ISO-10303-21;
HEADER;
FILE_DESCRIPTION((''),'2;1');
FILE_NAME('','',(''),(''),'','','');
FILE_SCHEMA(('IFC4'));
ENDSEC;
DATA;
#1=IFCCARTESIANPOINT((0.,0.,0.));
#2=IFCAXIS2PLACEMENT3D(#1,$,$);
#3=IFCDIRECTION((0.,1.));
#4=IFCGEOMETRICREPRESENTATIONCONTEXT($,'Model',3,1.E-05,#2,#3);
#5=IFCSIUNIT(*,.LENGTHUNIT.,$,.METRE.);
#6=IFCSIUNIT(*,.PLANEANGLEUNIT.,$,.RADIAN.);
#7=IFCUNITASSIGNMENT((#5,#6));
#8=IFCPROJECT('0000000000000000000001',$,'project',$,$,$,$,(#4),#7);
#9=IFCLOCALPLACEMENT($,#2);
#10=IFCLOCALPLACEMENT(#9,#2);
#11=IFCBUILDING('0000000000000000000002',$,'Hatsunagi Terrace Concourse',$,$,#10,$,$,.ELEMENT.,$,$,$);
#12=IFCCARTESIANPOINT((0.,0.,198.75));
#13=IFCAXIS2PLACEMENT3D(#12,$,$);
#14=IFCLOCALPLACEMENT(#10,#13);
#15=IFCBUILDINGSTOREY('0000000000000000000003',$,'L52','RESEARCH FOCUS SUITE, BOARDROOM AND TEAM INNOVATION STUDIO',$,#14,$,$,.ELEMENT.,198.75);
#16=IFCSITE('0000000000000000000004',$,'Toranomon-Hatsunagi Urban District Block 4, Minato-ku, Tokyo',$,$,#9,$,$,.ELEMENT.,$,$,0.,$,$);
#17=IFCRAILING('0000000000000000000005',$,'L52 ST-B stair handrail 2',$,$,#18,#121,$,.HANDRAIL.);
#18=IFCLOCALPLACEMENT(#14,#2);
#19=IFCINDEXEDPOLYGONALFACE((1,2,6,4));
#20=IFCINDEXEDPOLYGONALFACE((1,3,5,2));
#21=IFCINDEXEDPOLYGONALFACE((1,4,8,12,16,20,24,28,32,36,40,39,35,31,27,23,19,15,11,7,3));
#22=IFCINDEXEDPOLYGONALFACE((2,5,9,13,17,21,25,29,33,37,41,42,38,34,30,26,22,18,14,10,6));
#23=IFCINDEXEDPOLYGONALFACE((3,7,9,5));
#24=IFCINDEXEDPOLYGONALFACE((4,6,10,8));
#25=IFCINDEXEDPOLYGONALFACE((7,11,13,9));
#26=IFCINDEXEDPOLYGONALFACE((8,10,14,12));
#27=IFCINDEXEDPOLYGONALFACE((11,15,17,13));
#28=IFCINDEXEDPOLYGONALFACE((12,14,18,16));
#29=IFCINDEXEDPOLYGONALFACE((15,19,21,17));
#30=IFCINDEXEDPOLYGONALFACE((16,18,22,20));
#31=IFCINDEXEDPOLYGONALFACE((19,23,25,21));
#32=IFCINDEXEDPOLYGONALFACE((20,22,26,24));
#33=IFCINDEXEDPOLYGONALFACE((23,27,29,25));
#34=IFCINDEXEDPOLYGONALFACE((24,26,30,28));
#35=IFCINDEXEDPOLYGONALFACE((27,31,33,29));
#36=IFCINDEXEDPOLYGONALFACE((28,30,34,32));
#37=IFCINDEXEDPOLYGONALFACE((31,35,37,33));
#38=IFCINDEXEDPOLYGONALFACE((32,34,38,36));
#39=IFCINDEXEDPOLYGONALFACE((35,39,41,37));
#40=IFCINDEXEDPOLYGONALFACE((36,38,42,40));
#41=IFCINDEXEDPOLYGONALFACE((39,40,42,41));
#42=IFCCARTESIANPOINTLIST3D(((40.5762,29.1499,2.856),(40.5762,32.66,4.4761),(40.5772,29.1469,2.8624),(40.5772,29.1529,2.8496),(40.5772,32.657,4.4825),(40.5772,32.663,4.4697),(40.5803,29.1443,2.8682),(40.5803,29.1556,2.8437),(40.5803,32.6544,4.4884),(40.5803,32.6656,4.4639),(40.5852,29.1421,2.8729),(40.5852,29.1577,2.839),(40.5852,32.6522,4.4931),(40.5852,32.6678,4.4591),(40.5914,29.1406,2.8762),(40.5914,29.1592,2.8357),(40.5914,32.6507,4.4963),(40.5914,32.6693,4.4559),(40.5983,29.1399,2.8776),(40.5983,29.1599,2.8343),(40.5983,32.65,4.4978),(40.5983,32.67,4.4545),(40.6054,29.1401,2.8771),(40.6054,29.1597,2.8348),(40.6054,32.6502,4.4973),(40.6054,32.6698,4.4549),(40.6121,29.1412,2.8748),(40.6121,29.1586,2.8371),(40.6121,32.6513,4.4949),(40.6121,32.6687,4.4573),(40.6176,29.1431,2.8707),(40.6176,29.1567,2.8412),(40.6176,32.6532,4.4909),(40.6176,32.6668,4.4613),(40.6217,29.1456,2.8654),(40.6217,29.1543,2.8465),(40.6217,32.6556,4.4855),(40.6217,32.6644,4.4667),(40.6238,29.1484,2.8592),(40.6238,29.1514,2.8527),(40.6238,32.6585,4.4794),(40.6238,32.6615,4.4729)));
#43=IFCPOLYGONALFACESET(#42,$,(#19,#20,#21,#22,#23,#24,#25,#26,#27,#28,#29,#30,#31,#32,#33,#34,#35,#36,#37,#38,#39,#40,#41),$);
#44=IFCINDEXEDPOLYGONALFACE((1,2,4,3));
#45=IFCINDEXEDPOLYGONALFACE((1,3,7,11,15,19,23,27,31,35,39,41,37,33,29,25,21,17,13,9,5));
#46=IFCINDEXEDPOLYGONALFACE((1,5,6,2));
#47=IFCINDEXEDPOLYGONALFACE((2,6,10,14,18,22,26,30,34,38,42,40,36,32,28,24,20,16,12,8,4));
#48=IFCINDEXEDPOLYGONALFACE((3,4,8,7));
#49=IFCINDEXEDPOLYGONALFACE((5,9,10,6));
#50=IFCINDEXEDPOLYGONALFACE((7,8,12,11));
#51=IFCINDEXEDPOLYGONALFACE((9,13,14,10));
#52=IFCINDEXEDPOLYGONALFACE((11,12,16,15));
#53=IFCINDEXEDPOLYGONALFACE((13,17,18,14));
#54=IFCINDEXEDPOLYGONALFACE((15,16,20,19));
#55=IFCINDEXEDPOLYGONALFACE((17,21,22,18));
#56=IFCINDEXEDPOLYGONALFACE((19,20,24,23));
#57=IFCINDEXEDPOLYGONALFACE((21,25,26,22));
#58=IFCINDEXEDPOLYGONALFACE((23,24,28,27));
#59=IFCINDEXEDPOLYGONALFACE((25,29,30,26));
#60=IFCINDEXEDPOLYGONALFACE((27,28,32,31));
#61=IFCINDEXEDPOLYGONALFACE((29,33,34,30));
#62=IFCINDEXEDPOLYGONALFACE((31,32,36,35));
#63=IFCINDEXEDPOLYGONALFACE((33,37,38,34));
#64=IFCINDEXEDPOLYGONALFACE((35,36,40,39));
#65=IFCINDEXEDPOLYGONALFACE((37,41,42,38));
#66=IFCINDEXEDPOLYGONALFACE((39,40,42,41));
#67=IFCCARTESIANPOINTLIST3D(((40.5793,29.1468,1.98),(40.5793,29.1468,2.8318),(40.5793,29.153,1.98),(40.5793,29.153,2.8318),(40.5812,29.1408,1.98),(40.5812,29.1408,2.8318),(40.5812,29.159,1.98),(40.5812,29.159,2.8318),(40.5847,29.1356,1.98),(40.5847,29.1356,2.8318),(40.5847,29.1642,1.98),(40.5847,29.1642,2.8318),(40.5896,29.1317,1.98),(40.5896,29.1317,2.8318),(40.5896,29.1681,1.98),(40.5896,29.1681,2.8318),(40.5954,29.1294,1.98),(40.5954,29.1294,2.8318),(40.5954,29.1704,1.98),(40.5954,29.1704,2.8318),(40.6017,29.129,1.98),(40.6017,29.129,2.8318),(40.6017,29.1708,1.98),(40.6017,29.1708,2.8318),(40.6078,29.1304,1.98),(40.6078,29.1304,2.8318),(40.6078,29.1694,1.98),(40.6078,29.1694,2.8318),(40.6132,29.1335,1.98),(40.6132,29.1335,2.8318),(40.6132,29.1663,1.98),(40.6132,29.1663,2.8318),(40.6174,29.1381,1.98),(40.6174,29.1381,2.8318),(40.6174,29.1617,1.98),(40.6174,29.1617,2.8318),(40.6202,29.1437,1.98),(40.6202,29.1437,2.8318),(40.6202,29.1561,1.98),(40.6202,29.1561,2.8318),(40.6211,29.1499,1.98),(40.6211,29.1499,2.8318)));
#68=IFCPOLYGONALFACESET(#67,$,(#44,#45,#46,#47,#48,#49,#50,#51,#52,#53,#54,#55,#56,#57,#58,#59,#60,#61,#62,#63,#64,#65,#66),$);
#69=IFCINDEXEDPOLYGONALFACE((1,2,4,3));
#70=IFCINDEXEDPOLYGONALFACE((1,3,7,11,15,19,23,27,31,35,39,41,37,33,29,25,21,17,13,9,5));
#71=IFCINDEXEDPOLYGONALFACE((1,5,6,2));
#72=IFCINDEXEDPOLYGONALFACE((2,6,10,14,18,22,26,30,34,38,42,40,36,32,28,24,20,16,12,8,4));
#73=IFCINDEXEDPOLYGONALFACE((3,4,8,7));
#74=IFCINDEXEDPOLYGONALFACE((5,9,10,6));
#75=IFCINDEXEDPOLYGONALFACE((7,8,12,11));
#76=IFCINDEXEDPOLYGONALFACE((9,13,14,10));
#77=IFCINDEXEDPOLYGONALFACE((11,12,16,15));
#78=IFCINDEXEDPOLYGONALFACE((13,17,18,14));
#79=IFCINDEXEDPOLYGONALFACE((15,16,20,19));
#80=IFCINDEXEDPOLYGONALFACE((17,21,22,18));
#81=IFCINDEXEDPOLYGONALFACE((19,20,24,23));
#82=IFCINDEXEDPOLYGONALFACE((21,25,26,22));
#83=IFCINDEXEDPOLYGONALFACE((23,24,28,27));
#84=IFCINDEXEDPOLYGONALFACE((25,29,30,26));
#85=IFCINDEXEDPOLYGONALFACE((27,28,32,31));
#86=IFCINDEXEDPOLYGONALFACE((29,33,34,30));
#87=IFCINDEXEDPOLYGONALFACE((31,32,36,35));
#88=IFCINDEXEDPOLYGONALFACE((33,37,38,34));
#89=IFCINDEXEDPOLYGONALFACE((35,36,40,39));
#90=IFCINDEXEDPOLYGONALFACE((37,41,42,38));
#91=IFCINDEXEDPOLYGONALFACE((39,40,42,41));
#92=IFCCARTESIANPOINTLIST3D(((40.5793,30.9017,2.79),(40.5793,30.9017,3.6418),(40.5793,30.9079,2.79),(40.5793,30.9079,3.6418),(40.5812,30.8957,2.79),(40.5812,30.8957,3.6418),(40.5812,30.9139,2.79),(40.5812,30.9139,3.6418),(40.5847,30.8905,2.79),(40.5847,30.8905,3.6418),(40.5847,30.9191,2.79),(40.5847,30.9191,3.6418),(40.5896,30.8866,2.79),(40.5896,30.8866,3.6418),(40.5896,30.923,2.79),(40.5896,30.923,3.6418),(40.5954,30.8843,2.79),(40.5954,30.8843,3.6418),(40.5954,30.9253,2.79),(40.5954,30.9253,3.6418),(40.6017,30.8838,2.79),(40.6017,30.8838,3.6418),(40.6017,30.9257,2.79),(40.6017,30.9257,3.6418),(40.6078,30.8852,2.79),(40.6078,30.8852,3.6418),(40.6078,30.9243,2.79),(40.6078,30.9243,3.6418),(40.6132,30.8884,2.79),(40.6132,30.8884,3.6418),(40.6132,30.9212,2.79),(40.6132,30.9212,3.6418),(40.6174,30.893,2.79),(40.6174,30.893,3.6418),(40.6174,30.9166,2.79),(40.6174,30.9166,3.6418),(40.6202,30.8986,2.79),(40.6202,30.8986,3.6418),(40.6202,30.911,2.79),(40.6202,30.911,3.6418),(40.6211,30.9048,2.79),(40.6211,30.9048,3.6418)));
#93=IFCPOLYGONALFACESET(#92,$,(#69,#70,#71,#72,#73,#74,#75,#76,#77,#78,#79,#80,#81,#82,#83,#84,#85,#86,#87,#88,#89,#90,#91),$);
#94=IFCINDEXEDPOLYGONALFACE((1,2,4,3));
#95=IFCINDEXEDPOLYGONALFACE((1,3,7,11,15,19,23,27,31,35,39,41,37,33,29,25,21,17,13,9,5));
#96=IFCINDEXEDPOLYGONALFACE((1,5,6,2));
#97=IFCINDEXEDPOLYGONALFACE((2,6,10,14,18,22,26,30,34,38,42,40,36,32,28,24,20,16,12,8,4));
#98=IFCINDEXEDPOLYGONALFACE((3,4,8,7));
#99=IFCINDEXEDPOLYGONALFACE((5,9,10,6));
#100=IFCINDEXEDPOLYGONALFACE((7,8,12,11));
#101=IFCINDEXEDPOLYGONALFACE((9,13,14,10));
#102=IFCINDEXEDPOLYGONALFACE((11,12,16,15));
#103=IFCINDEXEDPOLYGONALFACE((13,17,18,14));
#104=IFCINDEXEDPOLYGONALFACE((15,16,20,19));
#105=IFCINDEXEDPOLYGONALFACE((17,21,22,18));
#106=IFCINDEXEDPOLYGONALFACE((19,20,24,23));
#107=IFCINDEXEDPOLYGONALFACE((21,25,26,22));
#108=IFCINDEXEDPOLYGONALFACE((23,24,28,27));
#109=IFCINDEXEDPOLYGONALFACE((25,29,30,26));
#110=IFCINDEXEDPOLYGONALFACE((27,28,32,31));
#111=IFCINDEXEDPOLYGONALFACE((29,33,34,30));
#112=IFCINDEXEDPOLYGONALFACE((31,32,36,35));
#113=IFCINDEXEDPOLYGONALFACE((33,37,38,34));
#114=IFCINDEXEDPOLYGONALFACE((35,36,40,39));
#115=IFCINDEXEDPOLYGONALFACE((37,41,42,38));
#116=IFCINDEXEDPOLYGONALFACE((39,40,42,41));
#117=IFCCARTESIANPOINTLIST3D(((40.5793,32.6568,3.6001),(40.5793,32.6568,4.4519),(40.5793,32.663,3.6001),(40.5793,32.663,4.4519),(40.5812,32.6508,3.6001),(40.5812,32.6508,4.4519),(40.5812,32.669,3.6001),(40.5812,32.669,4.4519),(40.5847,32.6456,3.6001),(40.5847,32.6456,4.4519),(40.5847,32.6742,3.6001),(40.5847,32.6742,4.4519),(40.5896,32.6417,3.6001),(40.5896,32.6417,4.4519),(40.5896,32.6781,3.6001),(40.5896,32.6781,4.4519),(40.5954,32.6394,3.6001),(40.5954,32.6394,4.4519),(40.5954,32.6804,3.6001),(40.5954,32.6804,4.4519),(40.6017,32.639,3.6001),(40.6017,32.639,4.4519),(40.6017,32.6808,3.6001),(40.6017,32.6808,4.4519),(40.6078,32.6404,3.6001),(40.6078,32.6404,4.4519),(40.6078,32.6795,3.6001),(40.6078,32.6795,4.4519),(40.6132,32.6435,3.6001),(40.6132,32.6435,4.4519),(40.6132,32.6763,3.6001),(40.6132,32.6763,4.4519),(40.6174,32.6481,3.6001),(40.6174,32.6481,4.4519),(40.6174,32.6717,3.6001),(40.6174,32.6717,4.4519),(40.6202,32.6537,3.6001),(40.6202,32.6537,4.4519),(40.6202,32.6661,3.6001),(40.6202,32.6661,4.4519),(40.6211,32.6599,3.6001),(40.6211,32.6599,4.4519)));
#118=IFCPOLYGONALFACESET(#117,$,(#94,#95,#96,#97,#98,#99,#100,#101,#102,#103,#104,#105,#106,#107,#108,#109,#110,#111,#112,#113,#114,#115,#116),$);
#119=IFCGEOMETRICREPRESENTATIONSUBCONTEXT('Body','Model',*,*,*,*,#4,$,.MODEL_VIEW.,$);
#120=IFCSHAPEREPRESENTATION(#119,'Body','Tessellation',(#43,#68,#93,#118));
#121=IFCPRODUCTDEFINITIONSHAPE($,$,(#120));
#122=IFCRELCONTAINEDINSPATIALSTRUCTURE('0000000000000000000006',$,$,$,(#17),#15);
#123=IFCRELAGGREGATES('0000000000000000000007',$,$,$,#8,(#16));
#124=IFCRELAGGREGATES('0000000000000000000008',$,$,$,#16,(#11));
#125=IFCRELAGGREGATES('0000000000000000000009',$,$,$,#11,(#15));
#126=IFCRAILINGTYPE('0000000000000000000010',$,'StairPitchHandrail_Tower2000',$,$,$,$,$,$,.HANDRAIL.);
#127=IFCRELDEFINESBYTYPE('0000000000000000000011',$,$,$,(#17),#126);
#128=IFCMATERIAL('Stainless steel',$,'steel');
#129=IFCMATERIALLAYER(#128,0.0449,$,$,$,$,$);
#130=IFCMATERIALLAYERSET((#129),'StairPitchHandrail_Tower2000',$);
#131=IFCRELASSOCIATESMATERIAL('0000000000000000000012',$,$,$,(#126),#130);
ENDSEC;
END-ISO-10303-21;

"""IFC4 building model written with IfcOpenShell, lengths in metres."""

from ifc_helpers import new_model, si_unit, direction, frame, origin, origin_2d, place, context, subcontext, project, spatial, circle, extrude, material, layer, layer_set, type_object, element, save


model = new_model("IFC4")

# Units and contexts
model_context = context("Model", 3, precision=1e-05, world=origin(), true_north=direction((0.0, 1.0)))
body_context = subcontext(model_context, "Body", "Model", "MODEL_VIEW")
ifc_project = project(units=[si_unit("LENGTHUNIT", "METRE"), si_unit("PLANEANGLEUNIT", "RADIAN")], contexts=[model_context])

# Site, building, storey
site_placement = place(None, origin())
site = spatial("IfcSite", under=ifc_project, at=site_placement, Name="Toranomon-Hatsunagi Urban District Block 4, Minato-ku, Tokyo", CompositionType="ELEMENT", RefElevation=0.0)
building_placement = place(site_placement, origin())
building = spatial("IfcBuilding", under=site, at=building_placement, Name="Hatsunagi Terrace Concourse", CompositionType="ELEMENT")
storey_placement = place(building_placement, frame((0.0, 0.0, 198.75)))
storey = spatial("IfcBuildingStorey", under=building, at=storey_placement, Name="L52", Description="RESEARCH FOCUS SUITE, BOARDROOM AND TEAM INNOVATION STUDIO", CompositionType="ELEMENT", Elevation=198.75)

# Railing
ifc_material_1 = material(Name="Stainless steel", Category="steel")
ifc_layer_1 = layer(ifc_material_1, 0.0449)
ifc_layer_set_1 = layer_set([ifc_layer_1], Name="StairPitchHandrail_Tower2000")
railing_type_1 = type_object("IfcRailingType", Name="StairPitchHandrail_Tower2000", PredefinedType="HANDRAIL", material=ifc_layer_set_1)
railing_1_placement = place(storey_placement, frame((40.6001, 29.1499, 1.98)))
element("IfcRailing", 1, at=railing_1_placement, inside=storey, type_object=railing_type_1, Name="L52 ST-B stair handrail 2", PredefinedType="HANDRAIL", context=body_context, shape_type="SweptSolid", body=[
    extrude(circle(Radius=0.0239, at=origin_2d()), frame((0.0, 0.0, 0.876), z_axis=(0.0, 0.907948, 0.419082), x_axis=(-1.0, 0.0, 0.0)), (0.0, 0.0, 1.0), 3.866),
    extrude(circle(Radius=0.021, at=origin_2d()), origin(), (0.0, 0.0, 1.0), 0.8518),
    extrude(circle(Radius=0.021, at=origin_2d()), frame((0.0, 1.7549, 0.8101)), (0.0, 0.0, 1.0), 0.8518),
    extrude(circle(Radius=0.021, at=origin_2d()), frame((0.0, 3.51, 1.6201)), (0.0, 0.0, 1.0), 0.8518),
])

save(model, "model.ifc")
